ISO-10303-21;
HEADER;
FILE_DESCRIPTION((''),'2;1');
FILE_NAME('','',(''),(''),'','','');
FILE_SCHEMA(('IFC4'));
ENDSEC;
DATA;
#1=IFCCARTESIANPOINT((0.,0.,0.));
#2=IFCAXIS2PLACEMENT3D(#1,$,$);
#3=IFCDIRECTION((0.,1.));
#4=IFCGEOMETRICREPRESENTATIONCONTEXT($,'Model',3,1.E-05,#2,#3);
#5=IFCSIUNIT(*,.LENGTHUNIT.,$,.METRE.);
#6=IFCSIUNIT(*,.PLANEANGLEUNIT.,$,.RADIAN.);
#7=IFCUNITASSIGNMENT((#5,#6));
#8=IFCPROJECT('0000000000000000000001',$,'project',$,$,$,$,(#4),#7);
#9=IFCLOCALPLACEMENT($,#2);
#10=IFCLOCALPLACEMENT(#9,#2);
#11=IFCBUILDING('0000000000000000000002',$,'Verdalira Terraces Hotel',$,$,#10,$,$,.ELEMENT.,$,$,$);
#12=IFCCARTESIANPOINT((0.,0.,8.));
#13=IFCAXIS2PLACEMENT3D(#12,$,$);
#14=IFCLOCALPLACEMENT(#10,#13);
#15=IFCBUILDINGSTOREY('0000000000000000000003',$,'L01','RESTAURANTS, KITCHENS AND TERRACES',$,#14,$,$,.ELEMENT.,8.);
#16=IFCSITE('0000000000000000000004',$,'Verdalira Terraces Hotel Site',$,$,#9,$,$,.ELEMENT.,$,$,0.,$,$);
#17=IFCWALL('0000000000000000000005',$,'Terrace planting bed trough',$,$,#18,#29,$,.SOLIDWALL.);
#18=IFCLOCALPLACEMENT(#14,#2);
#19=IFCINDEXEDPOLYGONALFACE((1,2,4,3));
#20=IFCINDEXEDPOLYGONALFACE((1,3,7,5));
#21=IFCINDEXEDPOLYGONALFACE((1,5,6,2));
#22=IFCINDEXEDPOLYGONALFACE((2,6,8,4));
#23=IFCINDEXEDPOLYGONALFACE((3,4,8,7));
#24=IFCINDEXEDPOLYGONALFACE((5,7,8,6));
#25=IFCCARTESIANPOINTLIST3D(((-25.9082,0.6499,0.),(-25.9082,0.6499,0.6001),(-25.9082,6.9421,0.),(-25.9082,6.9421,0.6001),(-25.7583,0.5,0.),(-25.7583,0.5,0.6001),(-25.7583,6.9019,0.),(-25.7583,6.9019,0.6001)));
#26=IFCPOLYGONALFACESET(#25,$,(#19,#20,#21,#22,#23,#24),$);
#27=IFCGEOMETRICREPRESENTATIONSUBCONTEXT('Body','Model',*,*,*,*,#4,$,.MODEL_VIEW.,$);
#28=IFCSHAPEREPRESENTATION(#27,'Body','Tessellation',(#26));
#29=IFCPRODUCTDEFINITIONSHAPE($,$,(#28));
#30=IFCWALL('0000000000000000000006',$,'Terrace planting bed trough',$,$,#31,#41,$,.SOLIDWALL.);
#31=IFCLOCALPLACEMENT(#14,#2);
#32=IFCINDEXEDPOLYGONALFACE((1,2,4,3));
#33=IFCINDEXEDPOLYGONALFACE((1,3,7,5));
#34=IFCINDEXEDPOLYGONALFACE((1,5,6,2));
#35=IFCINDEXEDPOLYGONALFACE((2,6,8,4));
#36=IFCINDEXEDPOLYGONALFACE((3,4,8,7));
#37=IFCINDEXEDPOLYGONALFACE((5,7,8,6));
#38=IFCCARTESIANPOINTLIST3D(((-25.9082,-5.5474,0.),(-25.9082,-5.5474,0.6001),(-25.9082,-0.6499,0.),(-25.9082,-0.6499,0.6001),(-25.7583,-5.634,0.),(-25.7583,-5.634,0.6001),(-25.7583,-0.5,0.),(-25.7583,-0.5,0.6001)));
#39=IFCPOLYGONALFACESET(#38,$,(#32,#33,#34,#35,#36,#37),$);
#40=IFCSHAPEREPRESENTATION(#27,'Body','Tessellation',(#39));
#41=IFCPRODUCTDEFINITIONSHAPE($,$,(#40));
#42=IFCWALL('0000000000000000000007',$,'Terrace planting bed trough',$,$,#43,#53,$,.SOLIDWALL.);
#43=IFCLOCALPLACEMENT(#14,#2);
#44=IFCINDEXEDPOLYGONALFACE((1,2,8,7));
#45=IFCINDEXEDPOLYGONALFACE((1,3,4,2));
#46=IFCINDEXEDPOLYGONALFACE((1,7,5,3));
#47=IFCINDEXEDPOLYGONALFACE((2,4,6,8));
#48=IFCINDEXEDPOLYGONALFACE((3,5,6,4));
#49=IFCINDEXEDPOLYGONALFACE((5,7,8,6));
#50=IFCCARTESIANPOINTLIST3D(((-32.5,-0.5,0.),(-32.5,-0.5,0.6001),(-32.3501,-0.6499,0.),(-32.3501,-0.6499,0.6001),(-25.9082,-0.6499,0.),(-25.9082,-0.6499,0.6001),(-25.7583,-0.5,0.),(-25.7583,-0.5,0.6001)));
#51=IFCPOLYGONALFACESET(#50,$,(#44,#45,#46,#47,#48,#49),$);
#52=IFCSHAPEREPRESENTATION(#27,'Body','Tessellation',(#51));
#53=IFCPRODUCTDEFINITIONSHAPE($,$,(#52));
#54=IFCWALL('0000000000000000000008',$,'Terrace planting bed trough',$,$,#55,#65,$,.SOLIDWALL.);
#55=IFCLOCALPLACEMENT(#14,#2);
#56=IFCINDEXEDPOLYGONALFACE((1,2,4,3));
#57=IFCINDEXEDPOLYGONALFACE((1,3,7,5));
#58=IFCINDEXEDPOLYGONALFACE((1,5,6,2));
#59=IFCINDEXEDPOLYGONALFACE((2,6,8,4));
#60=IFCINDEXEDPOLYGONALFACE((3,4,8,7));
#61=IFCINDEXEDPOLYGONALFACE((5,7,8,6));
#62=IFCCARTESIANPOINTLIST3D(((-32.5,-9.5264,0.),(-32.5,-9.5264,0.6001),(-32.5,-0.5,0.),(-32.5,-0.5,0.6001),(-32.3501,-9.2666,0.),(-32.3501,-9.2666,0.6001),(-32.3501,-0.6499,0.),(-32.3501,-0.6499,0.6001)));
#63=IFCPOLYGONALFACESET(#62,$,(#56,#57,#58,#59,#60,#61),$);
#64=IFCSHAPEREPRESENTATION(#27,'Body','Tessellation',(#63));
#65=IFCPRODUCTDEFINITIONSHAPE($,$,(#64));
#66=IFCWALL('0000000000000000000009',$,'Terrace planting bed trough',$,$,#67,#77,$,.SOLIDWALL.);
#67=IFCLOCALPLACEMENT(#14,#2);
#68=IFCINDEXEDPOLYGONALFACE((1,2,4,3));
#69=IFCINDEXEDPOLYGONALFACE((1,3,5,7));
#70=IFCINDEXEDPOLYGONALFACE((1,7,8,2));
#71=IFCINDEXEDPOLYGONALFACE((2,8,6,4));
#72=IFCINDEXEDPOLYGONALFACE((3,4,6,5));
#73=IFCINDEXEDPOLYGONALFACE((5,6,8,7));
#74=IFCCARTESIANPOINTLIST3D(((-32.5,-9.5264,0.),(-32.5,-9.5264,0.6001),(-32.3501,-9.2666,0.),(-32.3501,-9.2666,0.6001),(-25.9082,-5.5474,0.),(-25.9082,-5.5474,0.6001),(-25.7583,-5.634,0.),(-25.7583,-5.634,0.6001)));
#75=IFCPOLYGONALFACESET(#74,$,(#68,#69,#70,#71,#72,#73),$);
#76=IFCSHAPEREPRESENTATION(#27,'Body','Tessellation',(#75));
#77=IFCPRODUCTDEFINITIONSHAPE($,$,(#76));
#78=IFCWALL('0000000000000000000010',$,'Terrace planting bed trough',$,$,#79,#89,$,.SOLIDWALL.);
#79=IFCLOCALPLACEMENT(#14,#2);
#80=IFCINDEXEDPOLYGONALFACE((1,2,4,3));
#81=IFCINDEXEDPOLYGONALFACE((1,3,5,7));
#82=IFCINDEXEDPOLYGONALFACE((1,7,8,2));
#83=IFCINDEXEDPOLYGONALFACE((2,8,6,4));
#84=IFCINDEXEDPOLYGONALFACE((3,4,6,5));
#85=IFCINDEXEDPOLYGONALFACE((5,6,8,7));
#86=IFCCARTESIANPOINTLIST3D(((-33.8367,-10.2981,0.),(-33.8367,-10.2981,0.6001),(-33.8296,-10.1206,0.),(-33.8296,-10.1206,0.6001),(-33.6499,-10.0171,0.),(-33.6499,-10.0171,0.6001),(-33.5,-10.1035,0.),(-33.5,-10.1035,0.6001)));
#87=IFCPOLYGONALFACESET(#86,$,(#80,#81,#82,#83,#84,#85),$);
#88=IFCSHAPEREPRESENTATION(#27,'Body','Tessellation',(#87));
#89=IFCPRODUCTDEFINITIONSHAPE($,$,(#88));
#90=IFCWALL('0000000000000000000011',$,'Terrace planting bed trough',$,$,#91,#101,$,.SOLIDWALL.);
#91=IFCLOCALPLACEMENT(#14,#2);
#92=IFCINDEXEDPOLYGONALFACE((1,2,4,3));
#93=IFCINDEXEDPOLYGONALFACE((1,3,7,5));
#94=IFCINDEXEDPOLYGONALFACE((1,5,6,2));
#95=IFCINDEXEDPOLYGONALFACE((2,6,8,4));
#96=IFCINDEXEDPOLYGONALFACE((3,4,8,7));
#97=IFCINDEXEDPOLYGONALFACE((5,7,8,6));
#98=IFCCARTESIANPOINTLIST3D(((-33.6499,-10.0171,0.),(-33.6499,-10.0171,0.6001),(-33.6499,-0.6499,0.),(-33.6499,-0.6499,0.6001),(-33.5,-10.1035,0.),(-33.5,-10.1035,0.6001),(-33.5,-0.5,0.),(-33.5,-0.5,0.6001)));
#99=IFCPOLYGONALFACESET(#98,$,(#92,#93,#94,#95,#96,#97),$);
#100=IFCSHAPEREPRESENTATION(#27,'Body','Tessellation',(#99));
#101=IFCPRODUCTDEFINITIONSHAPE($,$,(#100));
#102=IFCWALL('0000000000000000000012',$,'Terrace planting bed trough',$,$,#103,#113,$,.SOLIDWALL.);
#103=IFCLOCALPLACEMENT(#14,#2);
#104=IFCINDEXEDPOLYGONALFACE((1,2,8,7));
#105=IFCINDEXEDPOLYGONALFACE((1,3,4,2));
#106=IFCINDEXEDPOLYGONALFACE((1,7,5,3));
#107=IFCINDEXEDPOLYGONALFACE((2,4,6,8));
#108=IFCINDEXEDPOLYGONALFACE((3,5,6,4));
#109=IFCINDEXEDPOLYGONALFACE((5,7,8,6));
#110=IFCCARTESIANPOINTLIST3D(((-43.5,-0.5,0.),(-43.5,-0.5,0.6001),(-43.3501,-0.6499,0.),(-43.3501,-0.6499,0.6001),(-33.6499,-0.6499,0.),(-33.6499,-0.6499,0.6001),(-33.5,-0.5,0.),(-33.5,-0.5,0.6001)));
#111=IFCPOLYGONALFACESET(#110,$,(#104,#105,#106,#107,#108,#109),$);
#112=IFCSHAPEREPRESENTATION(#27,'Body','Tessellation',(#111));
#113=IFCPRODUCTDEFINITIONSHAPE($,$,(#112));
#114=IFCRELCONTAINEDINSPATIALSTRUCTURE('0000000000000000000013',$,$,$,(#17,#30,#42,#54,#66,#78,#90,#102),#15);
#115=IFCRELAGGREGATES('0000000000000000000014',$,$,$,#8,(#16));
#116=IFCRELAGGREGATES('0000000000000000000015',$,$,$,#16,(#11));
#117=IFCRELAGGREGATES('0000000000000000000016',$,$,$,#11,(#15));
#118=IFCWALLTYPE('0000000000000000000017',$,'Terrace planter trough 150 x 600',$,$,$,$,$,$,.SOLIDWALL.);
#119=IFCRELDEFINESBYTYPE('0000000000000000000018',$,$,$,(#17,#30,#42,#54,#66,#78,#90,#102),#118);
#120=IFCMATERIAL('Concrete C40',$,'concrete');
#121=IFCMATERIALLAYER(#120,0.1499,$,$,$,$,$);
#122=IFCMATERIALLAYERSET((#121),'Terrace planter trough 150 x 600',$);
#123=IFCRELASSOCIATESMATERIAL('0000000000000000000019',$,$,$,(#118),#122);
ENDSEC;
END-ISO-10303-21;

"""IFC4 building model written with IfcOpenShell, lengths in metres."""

from ifc_helpers import new_model, si_unit, direction, frame, origin, place, context, subcontext, project, spatial, polyline, outline, extrude, material, layer, layer_set, type_object, element, save


model = new_model("IFC4")

# Units and contexts
model_context = context("Model", 3, precision=1e-05, world=origin(), true_north=direction((0.0, 1.0)))
body_context = subcontext(model_context, "Body", "Model", "MODEL_VIEW")
ifc_project = project(units=[si_unit("LENGTHUNIT", "METRE"), si_unit("PLANEANGLEUNIT", "RADIAN")], contexts=[model_context])

# Site, building, storey
site_placement = place(None, origin())
site = spatial("IfcSite", under=ifc_project, at=site_placement, Name="Verdalira Terraces Hotel Site", CompositionType="ELEMENT", RefElevation=0.0)
building_placement = place(site_placement, origin())
building = spatial("IfcBuilding", under=site, at=building_placement, Name="Verdalira Terraces Hotel", CompositionType="ELEMENT")
storey_placement = place(building_placement, frame((0.0, 0.0, 8.0)))
storey = spatial("IfcBuildingStorey", under=building, at=storey_placement, Name="L01", Description="RESTAURANTS, KITCHENS AND TERRACES", CompositionType="ELEMENT", Elevation=8.0)

# Walls
ifc_material_1 = material(Name="Concrete C40", Category="concrete")
ifc_layer_1 = layer(ifc_material_1, 0.1499)
ifc_layer_set_1 = layer_set([ifc_layer_1], Name="Terrace planter trough 150 x 600")
wall_type_1 = type_object("IfcWallType", Name="Terrace planter trough 150 x 600", PredefinedType="SOLIDWALL", material=ifc_layer_set_1)
wall_1_placement = place(storey_placement, origin())
element("IfcWall", 1, at=wall_1_placement, inside=storey, type_object=wall_type_1, Name="Terrace planting bed trough", PredefinedType="SOLIDWALL", context=body_context, shape_type="SweptSolid", body=[
    extrude(outline(polyline([(-25.7583, 0.5), (-25.7583, 6.9019), (-25.9082, 6.9421), (-25.9082, 0.6499), (-25.7583, 0.5)])), origin(), (0.0, 0.0, 1.0), 0.6001),
])
wall_2_placement = place(storey_placement, origin())
element("IfcWall", 2, at=wall_2_placement, inside=storey, type_object=wall_type_1, Name="Terrace planting bed trough", PredefinedType="SOLIDWALL", context=body_context, shape_type="SweptSolid", body=[
    extrude(outline(polyline([(-25.7583, -5.634), (-25.7583, -0.5), (-25.9082, -0.6499), (-25.9082, -5.5474), (-25.7583, -5.634)])), origin(), (0.0, 0.0, 1.0), 0.6001),
])
wall_3_placement = place(storey_placement, origin())
element("IfcWall", 3, at=wall_3_placement, inside=storey, type_object=wall_type_1, Name="Terrace planting bed trough", PredefinedType="SOLIDWALL", context=body_context, shape_type="SweptSolid", body=[
    extrude(outline(polyline([(-25.7583, -0.5), (-32.5, -0.5), (-32.3501, -0.6499), (-25.9082, -0.6499), (-25.7583, -0.5)])), origin(), (0.0, 0.0, 1.0), 0.6001),
])
wall_4_placement = place(storey_placement, origin())
element("IfcWall", 4, at=wall_4_placement, inside=storey, type_object=wall_type_1, Name="Terrace planting bed trough", PredefinedType="SOLIDWALL", context=body_context, shape_type="SweptSolid", body=[
    extrude(outline(polyline([(-32.5, -0.5), (-32.5, -9.5264), (-32.3501, -9.2666), (-32.3501, -0.6499), (-32.5, -0.5)])), origin(), (0.0, 0.0, 1.0), 0.6001),
])
wall_5_placement = place(storey_placement, origin())
element("IfcWall", 5, at=wall_5_placement, inside=storey, type_object=wall_type_1, Name="Terrace planting bed trough", PredefinedType="SOLIDWALL", context=body_context, shape_type="SweptSolid", body=[
    extrude(outline(polyline([(-32.5, -9.5264), (-25.7583, -5.634), (-25.9082, -5.5474), (-32.3501, -9.2666), (-32.5, -9.5264)])), origin(), (0.0, 0.0, 1.0), 0.6001),
])
wall_6_placement = place(storey_placement, origin())
element("IfcWall", 6, at=wall_6_placement, inside=storey, type_object=wall_type_1, Name="Terrace planting bed trough", PredefinedType="SOLIDWALL", context=body_context, shape_type="SweptSolid", body=[
    extrude(outline(polyline([(-33.8367, -10.2981), (-33.5, -10.1035), (-33.6499, -10.0171), (-33.8296, -10.1206), (-33.8367, -10.2981)])), origin(), (0.0, 0.0, 1.0), 0.6001),
])
wall_7_placement = place(storey_placement, origin())
element("IfcWall", 7, at=wall_7_placement, inside=storey, type_object=wall_type_1, Name="Terrace planting bed trough", PredefinedType="SOLIDWALL", context=body_context, shape_type="SweptSolid", body=[
    extrude(outline(polyline([(-33.5, -10.1035), (-33.5, -0.5), (-33.6499, -0.6499), (-33.6499, -10.0171), (-33.5, -10.1035)])), origin(), (0.0, 0.0, 1.0), 0.6001),
])
wall_8_placement = place(storey_placement, origin())
element("IfcWall", 8, at=wall_8_placement, inside=storey, type_object=wall_type_1, Name="Terrace planting bed trough", PredefinedType="SOLIDWALL", context=body_context, shape_type="SweptSolid", body=[
    extrude(outline(polyline([(-33.5, -0.5), (-43.5, -0.5), (-43.3501, -0.6499), (-33.6499, -0.6499), (-33.5, -0.5)])), origin(), (0.0, 0.0, 1.0), 0.6001),
])

save(model, "model.ifc")
